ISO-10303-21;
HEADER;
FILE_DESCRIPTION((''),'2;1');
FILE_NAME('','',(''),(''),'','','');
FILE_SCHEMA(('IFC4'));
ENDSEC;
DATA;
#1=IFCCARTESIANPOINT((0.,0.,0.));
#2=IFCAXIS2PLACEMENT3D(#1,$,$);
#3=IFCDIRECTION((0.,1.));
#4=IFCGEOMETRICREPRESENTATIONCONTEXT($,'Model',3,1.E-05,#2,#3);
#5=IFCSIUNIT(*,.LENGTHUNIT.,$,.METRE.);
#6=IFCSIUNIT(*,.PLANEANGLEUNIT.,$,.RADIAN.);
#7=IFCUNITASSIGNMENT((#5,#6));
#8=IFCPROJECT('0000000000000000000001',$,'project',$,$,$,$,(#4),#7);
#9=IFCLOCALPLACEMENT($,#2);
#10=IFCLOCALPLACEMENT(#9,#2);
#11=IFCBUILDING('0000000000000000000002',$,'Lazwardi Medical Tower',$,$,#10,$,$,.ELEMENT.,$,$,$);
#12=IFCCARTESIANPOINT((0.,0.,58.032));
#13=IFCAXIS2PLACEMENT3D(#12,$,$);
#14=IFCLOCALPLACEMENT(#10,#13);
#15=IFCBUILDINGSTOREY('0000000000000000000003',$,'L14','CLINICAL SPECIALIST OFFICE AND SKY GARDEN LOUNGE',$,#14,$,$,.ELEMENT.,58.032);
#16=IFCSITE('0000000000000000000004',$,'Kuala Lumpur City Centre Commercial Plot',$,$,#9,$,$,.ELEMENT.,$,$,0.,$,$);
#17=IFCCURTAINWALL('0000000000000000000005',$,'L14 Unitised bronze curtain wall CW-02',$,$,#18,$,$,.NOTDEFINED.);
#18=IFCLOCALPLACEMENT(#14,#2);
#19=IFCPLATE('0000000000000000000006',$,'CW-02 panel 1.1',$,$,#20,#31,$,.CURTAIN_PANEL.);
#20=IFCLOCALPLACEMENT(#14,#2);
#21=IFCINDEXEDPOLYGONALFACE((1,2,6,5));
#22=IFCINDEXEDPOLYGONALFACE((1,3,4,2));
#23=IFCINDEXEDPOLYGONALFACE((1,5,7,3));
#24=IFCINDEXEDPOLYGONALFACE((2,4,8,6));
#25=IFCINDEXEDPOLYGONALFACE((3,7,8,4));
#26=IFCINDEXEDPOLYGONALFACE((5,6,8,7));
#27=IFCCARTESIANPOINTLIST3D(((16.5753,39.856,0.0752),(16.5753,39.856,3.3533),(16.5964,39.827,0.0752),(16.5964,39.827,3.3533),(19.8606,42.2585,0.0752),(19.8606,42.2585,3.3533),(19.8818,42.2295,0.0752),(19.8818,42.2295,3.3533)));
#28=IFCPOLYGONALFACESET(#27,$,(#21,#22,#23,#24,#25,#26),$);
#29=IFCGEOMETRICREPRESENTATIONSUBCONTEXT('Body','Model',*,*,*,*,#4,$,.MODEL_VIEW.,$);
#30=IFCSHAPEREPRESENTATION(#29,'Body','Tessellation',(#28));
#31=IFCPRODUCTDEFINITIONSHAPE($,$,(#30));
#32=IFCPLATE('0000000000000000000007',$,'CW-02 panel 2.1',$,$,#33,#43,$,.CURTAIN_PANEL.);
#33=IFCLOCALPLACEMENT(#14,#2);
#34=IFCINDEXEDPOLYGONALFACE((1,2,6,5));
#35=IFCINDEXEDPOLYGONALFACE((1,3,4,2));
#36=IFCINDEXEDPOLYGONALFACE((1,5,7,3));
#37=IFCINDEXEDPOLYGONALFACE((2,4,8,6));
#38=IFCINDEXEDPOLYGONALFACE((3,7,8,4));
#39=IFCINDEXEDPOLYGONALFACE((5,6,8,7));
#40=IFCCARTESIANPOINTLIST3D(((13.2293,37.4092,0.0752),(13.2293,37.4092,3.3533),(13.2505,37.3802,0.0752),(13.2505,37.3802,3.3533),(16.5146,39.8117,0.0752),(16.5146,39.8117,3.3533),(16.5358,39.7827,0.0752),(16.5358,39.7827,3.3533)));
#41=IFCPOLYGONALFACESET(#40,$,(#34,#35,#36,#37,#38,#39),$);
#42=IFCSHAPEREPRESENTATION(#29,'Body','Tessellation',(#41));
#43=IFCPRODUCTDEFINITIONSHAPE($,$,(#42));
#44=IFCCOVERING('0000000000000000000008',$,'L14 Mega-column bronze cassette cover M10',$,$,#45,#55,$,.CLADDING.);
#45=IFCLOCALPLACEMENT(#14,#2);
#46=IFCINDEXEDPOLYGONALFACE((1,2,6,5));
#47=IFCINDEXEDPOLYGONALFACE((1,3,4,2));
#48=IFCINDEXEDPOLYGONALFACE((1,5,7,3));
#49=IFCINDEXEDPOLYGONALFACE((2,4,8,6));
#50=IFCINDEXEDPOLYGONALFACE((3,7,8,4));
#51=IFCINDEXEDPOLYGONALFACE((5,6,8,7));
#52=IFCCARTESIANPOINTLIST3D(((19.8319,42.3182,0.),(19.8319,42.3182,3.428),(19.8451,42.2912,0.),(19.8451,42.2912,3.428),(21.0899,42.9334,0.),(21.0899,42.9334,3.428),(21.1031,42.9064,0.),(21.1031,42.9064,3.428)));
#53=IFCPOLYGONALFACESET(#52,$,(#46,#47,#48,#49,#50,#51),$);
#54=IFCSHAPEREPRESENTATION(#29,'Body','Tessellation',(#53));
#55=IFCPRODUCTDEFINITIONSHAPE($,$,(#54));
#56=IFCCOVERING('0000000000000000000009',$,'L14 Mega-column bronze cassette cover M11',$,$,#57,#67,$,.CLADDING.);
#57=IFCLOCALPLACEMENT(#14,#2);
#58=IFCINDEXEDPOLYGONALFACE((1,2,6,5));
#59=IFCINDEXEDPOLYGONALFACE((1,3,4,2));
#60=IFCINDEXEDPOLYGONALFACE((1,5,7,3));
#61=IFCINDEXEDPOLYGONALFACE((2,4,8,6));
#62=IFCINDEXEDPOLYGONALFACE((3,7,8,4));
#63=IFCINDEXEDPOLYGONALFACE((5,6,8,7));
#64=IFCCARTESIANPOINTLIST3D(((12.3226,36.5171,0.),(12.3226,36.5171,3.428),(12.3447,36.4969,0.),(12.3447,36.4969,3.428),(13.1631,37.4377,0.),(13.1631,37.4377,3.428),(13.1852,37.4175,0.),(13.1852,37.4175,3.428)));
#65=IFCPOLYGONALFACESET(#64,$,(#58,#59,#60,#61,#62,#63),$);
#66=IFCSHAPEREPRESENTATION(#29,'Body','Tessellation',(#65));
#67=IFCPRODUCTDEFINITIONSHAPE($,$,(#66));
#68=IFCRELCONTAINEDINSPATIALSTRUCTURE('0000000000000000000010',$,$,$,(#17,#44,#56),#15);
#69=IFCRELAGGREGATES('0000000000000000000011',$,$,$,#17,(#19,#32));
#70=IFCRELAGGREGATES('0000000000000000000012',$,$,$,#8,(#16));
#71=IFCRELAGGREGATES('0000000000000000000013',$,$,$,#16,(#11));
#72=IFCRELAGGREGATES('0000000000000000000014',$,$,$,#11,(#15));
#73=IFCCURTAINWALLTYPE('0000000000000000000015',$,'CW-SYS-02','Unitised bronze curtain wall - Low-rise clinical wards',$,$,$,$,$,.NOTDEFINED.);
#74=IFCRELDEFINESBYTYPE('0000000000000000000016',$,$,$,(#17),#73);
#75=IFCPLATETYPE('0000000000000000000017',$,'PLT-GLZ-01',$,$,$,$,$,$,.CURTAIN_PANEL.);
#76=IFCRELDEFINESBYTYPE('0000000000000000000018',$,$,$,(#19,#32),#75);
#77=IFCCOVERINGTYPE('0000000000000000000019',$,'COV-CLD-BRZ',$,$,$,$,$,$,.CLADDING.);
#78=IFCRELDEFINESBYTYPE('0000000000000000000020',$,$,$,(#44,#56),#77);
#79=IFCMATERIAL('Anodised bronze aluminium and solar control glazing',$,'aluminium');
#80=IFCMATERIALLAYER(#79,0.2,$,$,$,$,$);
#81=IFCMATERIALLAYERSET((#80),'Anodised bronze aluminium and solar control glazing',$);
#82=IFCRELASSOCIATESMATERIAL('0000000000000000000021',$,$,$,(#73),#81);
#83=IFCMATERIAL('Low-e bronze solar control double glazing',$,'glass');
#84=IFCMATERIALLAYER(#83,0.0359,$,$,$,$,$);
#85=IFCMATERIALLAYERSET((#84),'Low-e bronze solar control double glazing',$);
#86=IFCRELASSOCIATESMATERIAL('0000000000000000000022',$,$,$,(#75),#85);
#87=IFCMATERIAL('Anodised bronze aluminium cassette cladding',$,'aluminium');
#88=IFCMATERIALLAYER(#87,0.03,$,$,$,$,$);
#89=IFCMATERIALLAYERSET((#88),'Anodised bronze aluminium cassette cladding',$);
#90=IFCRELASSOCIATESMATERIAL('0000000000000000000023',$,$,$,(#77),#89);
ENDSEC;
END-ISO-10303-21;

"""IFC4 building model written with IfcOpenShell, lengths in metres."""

from ifc_helpers import new_model, si_unit, direction, frame, origin, origin_2d, place, context, subcontext, project, spatial, rectangle, extrude, material, layer, layer_set, type_object, element, aggregate, save


model = new_model("IFC4")

# Units and contexts
model_context = context("Model", 3, precision=1e-05, world=origin(), true_north=direction((0.0, 1.0)))
body_context = subcontext(model_context, "Body", "Model", "MODEL_VIEW")
ifc_project = project(units=[si_unit("LENGTHUNIT", "METRE"), si_unit("PLANEANGLEUNIT", "RADIAN")], contexts=[model_context])

# Site, building, storey
site_placement = place(None, origin())
site = spatial("IfcSite", under=ifc_project, at=site_placement, Name="Kuala Lumpur City Centre Commercial Plot", CompositionType="ELEMENT", RefElevation=0.0)
building_placement = place(site_placement, origin())
building = spatial("IfcBuilding", under=site, at=building_placement, Name="Lazwardi Medical Tower", CompositionType="ELEMENT")
storey_placement = place(building_placement, frame((0.0, 0.0, 58.032)))
storey = spatial("IfcBuildingStorey", under=building, at=storey_placement, Name="L14", Description="CLINICAL SPECIALIST OFFICE AND SKY GARDEN LOUNGE", CompositionType="ELEMENT", Elevation=58.032)

# Shared definitions
ifc_material_1 = material(Name="Anodised bronze aluminium and solar control glazing", Category="aluminium")
ifc_layer_1 = layer(ifc_material_1, 0.2)
ifc_layer_set_1 = layer_set([ifc_layer_1], Name="Anodised bronze aluminium and solar control glazing")
curtain_wall_type = type_object("IfcCurtainWallType", Name="CW-SYS-02", Description="Unitised bronze curtain wall - Low-rise clinical wards", PredefinedType="NOTDEFINED", material=ifc_layer_set_1)

# Curtain wall
curtain_wall_1_placement = place(storey_placement, origin())
curtain_wall_1 = element("IfcCurtainWall", 1, at=curtain_wall_1_placement, inside=storey, type_object=curtain_wall_type, Name="L14 Unitised bronze curtain wall CW-02", PredefinedType="NOTDEFINED")

# Plates
ifc_material_2 = material(Name="Low-e bronze solar control double glazing", Category="glass")
ifc_layer_2 = layer(ifc_material_2, 0.0359)
ifc_layer_set_2 = layer_set([ifc_layer_2], Name="Low-e bronze solar control double glazing")
plate_type = type_object("IfcPlateType", Name="PLT-GLZ-01", PredefinedType="CURTAIN_PANEL", material=ifc_layer_set_2)
plate_1_placement = place(storey_placement, frame((18.2285, 41.0427, 0.0752), z_axis=(0.0, 0.0, 1.0), x_axis=(-0.807192, -0.590289, 0.0)))
plate_1 = element("IfcPlate", 2, at=plate_1_placement, type_object=plate_type, Name="CW-02 panel 1.1", PredefinedType="CURTAIN_PANEL", context=body_context, shape_type="SweptSolid", body=[
    extrude(rectangle(XDim=4.0701, YDim=0.0359, at=origin_2d()), origin(), (0.0, 0.0, 1.0), 3.2781),
])
plate_2_placement = place(storey_placement, frame((14.8826, 38.5959, 0.0752), z_axis=(0.0, 0.0, 1.0), x_axis=(-0.807192, -0.590289, 0.0)))
plate_2 = element("IfcPlate", 3, at=plate_2_placement, type_object=plate_type, Name="CW-02 panel 2.1", PredefinedType="CURTAIN_PANEL", context=body_context, shape_type="SweptSolid", body=[
    extrude(rectangle(XDim=4.0701, YDim=0.0359, at=origin_2d()), origin(), (0.0, 0.0, 1.0), 3.2781),
])
aggregate(curtain_wall_1, [plate_1, plate_2])

# Coverings
ifc_material_3 = material(Name="Anodised bronze aluminium cassette cladding", Category="aluminium")
ifc_layer_3 = layer(ifc_material_3, 0.03)
ifc_layer_set_3 = layer_set([ifc_layer_3], Name="Anodised bronze aluminium cassette cladding")
covering_type = type_object("IfcCoveringType", Name="COV-CLD-BRZ", PredefinedType="CLADDING", material=ifc_layer_set_3)
covering_1_placement = place(storey_placement, frame((20.4675, 42.6123, 0.0), z_axis=(0.0, 0.0, 1.0), x_axis=(-0.898334, -0.439312, 0.0)))
element("IfcCovering", 4, at=covering_1_placement, inside=storey, type_object=covering_type, Name="L14 Mega-column bronze cassette cover M10", PredefinedType="CLADDING", context=body_context, shape_type="SweptSolid", body=[
    extrude(rectangle(XDim=1.4004, YDim=0.03, at=origin_2d()), origin(), (0.0, 0.0, 1.0), 3.428),
])
covering_2_placement = place(storey_placement, frame((12.7539, 36.9673, 0.0), z_axis=(0.0, 0.0, 1.0), x_axis=(-0.674252, -0.738501, 0.0)))
element("IfcCovering", 5, at=covering_2_placement, inside=storey, type_object=covering_type, Name="L14 Mega-column bronze cassette cover M11", PredefinedType="CLADDING", context=body_context, shape_type="SweptSolid", body=[
    extrude(rectangle(XDim=1.2466, YDim=0.03, at=origin_2d()), origin(), (0.0, 0.0, 1.0), 3.428),
])

save(model, "model.ifc")
